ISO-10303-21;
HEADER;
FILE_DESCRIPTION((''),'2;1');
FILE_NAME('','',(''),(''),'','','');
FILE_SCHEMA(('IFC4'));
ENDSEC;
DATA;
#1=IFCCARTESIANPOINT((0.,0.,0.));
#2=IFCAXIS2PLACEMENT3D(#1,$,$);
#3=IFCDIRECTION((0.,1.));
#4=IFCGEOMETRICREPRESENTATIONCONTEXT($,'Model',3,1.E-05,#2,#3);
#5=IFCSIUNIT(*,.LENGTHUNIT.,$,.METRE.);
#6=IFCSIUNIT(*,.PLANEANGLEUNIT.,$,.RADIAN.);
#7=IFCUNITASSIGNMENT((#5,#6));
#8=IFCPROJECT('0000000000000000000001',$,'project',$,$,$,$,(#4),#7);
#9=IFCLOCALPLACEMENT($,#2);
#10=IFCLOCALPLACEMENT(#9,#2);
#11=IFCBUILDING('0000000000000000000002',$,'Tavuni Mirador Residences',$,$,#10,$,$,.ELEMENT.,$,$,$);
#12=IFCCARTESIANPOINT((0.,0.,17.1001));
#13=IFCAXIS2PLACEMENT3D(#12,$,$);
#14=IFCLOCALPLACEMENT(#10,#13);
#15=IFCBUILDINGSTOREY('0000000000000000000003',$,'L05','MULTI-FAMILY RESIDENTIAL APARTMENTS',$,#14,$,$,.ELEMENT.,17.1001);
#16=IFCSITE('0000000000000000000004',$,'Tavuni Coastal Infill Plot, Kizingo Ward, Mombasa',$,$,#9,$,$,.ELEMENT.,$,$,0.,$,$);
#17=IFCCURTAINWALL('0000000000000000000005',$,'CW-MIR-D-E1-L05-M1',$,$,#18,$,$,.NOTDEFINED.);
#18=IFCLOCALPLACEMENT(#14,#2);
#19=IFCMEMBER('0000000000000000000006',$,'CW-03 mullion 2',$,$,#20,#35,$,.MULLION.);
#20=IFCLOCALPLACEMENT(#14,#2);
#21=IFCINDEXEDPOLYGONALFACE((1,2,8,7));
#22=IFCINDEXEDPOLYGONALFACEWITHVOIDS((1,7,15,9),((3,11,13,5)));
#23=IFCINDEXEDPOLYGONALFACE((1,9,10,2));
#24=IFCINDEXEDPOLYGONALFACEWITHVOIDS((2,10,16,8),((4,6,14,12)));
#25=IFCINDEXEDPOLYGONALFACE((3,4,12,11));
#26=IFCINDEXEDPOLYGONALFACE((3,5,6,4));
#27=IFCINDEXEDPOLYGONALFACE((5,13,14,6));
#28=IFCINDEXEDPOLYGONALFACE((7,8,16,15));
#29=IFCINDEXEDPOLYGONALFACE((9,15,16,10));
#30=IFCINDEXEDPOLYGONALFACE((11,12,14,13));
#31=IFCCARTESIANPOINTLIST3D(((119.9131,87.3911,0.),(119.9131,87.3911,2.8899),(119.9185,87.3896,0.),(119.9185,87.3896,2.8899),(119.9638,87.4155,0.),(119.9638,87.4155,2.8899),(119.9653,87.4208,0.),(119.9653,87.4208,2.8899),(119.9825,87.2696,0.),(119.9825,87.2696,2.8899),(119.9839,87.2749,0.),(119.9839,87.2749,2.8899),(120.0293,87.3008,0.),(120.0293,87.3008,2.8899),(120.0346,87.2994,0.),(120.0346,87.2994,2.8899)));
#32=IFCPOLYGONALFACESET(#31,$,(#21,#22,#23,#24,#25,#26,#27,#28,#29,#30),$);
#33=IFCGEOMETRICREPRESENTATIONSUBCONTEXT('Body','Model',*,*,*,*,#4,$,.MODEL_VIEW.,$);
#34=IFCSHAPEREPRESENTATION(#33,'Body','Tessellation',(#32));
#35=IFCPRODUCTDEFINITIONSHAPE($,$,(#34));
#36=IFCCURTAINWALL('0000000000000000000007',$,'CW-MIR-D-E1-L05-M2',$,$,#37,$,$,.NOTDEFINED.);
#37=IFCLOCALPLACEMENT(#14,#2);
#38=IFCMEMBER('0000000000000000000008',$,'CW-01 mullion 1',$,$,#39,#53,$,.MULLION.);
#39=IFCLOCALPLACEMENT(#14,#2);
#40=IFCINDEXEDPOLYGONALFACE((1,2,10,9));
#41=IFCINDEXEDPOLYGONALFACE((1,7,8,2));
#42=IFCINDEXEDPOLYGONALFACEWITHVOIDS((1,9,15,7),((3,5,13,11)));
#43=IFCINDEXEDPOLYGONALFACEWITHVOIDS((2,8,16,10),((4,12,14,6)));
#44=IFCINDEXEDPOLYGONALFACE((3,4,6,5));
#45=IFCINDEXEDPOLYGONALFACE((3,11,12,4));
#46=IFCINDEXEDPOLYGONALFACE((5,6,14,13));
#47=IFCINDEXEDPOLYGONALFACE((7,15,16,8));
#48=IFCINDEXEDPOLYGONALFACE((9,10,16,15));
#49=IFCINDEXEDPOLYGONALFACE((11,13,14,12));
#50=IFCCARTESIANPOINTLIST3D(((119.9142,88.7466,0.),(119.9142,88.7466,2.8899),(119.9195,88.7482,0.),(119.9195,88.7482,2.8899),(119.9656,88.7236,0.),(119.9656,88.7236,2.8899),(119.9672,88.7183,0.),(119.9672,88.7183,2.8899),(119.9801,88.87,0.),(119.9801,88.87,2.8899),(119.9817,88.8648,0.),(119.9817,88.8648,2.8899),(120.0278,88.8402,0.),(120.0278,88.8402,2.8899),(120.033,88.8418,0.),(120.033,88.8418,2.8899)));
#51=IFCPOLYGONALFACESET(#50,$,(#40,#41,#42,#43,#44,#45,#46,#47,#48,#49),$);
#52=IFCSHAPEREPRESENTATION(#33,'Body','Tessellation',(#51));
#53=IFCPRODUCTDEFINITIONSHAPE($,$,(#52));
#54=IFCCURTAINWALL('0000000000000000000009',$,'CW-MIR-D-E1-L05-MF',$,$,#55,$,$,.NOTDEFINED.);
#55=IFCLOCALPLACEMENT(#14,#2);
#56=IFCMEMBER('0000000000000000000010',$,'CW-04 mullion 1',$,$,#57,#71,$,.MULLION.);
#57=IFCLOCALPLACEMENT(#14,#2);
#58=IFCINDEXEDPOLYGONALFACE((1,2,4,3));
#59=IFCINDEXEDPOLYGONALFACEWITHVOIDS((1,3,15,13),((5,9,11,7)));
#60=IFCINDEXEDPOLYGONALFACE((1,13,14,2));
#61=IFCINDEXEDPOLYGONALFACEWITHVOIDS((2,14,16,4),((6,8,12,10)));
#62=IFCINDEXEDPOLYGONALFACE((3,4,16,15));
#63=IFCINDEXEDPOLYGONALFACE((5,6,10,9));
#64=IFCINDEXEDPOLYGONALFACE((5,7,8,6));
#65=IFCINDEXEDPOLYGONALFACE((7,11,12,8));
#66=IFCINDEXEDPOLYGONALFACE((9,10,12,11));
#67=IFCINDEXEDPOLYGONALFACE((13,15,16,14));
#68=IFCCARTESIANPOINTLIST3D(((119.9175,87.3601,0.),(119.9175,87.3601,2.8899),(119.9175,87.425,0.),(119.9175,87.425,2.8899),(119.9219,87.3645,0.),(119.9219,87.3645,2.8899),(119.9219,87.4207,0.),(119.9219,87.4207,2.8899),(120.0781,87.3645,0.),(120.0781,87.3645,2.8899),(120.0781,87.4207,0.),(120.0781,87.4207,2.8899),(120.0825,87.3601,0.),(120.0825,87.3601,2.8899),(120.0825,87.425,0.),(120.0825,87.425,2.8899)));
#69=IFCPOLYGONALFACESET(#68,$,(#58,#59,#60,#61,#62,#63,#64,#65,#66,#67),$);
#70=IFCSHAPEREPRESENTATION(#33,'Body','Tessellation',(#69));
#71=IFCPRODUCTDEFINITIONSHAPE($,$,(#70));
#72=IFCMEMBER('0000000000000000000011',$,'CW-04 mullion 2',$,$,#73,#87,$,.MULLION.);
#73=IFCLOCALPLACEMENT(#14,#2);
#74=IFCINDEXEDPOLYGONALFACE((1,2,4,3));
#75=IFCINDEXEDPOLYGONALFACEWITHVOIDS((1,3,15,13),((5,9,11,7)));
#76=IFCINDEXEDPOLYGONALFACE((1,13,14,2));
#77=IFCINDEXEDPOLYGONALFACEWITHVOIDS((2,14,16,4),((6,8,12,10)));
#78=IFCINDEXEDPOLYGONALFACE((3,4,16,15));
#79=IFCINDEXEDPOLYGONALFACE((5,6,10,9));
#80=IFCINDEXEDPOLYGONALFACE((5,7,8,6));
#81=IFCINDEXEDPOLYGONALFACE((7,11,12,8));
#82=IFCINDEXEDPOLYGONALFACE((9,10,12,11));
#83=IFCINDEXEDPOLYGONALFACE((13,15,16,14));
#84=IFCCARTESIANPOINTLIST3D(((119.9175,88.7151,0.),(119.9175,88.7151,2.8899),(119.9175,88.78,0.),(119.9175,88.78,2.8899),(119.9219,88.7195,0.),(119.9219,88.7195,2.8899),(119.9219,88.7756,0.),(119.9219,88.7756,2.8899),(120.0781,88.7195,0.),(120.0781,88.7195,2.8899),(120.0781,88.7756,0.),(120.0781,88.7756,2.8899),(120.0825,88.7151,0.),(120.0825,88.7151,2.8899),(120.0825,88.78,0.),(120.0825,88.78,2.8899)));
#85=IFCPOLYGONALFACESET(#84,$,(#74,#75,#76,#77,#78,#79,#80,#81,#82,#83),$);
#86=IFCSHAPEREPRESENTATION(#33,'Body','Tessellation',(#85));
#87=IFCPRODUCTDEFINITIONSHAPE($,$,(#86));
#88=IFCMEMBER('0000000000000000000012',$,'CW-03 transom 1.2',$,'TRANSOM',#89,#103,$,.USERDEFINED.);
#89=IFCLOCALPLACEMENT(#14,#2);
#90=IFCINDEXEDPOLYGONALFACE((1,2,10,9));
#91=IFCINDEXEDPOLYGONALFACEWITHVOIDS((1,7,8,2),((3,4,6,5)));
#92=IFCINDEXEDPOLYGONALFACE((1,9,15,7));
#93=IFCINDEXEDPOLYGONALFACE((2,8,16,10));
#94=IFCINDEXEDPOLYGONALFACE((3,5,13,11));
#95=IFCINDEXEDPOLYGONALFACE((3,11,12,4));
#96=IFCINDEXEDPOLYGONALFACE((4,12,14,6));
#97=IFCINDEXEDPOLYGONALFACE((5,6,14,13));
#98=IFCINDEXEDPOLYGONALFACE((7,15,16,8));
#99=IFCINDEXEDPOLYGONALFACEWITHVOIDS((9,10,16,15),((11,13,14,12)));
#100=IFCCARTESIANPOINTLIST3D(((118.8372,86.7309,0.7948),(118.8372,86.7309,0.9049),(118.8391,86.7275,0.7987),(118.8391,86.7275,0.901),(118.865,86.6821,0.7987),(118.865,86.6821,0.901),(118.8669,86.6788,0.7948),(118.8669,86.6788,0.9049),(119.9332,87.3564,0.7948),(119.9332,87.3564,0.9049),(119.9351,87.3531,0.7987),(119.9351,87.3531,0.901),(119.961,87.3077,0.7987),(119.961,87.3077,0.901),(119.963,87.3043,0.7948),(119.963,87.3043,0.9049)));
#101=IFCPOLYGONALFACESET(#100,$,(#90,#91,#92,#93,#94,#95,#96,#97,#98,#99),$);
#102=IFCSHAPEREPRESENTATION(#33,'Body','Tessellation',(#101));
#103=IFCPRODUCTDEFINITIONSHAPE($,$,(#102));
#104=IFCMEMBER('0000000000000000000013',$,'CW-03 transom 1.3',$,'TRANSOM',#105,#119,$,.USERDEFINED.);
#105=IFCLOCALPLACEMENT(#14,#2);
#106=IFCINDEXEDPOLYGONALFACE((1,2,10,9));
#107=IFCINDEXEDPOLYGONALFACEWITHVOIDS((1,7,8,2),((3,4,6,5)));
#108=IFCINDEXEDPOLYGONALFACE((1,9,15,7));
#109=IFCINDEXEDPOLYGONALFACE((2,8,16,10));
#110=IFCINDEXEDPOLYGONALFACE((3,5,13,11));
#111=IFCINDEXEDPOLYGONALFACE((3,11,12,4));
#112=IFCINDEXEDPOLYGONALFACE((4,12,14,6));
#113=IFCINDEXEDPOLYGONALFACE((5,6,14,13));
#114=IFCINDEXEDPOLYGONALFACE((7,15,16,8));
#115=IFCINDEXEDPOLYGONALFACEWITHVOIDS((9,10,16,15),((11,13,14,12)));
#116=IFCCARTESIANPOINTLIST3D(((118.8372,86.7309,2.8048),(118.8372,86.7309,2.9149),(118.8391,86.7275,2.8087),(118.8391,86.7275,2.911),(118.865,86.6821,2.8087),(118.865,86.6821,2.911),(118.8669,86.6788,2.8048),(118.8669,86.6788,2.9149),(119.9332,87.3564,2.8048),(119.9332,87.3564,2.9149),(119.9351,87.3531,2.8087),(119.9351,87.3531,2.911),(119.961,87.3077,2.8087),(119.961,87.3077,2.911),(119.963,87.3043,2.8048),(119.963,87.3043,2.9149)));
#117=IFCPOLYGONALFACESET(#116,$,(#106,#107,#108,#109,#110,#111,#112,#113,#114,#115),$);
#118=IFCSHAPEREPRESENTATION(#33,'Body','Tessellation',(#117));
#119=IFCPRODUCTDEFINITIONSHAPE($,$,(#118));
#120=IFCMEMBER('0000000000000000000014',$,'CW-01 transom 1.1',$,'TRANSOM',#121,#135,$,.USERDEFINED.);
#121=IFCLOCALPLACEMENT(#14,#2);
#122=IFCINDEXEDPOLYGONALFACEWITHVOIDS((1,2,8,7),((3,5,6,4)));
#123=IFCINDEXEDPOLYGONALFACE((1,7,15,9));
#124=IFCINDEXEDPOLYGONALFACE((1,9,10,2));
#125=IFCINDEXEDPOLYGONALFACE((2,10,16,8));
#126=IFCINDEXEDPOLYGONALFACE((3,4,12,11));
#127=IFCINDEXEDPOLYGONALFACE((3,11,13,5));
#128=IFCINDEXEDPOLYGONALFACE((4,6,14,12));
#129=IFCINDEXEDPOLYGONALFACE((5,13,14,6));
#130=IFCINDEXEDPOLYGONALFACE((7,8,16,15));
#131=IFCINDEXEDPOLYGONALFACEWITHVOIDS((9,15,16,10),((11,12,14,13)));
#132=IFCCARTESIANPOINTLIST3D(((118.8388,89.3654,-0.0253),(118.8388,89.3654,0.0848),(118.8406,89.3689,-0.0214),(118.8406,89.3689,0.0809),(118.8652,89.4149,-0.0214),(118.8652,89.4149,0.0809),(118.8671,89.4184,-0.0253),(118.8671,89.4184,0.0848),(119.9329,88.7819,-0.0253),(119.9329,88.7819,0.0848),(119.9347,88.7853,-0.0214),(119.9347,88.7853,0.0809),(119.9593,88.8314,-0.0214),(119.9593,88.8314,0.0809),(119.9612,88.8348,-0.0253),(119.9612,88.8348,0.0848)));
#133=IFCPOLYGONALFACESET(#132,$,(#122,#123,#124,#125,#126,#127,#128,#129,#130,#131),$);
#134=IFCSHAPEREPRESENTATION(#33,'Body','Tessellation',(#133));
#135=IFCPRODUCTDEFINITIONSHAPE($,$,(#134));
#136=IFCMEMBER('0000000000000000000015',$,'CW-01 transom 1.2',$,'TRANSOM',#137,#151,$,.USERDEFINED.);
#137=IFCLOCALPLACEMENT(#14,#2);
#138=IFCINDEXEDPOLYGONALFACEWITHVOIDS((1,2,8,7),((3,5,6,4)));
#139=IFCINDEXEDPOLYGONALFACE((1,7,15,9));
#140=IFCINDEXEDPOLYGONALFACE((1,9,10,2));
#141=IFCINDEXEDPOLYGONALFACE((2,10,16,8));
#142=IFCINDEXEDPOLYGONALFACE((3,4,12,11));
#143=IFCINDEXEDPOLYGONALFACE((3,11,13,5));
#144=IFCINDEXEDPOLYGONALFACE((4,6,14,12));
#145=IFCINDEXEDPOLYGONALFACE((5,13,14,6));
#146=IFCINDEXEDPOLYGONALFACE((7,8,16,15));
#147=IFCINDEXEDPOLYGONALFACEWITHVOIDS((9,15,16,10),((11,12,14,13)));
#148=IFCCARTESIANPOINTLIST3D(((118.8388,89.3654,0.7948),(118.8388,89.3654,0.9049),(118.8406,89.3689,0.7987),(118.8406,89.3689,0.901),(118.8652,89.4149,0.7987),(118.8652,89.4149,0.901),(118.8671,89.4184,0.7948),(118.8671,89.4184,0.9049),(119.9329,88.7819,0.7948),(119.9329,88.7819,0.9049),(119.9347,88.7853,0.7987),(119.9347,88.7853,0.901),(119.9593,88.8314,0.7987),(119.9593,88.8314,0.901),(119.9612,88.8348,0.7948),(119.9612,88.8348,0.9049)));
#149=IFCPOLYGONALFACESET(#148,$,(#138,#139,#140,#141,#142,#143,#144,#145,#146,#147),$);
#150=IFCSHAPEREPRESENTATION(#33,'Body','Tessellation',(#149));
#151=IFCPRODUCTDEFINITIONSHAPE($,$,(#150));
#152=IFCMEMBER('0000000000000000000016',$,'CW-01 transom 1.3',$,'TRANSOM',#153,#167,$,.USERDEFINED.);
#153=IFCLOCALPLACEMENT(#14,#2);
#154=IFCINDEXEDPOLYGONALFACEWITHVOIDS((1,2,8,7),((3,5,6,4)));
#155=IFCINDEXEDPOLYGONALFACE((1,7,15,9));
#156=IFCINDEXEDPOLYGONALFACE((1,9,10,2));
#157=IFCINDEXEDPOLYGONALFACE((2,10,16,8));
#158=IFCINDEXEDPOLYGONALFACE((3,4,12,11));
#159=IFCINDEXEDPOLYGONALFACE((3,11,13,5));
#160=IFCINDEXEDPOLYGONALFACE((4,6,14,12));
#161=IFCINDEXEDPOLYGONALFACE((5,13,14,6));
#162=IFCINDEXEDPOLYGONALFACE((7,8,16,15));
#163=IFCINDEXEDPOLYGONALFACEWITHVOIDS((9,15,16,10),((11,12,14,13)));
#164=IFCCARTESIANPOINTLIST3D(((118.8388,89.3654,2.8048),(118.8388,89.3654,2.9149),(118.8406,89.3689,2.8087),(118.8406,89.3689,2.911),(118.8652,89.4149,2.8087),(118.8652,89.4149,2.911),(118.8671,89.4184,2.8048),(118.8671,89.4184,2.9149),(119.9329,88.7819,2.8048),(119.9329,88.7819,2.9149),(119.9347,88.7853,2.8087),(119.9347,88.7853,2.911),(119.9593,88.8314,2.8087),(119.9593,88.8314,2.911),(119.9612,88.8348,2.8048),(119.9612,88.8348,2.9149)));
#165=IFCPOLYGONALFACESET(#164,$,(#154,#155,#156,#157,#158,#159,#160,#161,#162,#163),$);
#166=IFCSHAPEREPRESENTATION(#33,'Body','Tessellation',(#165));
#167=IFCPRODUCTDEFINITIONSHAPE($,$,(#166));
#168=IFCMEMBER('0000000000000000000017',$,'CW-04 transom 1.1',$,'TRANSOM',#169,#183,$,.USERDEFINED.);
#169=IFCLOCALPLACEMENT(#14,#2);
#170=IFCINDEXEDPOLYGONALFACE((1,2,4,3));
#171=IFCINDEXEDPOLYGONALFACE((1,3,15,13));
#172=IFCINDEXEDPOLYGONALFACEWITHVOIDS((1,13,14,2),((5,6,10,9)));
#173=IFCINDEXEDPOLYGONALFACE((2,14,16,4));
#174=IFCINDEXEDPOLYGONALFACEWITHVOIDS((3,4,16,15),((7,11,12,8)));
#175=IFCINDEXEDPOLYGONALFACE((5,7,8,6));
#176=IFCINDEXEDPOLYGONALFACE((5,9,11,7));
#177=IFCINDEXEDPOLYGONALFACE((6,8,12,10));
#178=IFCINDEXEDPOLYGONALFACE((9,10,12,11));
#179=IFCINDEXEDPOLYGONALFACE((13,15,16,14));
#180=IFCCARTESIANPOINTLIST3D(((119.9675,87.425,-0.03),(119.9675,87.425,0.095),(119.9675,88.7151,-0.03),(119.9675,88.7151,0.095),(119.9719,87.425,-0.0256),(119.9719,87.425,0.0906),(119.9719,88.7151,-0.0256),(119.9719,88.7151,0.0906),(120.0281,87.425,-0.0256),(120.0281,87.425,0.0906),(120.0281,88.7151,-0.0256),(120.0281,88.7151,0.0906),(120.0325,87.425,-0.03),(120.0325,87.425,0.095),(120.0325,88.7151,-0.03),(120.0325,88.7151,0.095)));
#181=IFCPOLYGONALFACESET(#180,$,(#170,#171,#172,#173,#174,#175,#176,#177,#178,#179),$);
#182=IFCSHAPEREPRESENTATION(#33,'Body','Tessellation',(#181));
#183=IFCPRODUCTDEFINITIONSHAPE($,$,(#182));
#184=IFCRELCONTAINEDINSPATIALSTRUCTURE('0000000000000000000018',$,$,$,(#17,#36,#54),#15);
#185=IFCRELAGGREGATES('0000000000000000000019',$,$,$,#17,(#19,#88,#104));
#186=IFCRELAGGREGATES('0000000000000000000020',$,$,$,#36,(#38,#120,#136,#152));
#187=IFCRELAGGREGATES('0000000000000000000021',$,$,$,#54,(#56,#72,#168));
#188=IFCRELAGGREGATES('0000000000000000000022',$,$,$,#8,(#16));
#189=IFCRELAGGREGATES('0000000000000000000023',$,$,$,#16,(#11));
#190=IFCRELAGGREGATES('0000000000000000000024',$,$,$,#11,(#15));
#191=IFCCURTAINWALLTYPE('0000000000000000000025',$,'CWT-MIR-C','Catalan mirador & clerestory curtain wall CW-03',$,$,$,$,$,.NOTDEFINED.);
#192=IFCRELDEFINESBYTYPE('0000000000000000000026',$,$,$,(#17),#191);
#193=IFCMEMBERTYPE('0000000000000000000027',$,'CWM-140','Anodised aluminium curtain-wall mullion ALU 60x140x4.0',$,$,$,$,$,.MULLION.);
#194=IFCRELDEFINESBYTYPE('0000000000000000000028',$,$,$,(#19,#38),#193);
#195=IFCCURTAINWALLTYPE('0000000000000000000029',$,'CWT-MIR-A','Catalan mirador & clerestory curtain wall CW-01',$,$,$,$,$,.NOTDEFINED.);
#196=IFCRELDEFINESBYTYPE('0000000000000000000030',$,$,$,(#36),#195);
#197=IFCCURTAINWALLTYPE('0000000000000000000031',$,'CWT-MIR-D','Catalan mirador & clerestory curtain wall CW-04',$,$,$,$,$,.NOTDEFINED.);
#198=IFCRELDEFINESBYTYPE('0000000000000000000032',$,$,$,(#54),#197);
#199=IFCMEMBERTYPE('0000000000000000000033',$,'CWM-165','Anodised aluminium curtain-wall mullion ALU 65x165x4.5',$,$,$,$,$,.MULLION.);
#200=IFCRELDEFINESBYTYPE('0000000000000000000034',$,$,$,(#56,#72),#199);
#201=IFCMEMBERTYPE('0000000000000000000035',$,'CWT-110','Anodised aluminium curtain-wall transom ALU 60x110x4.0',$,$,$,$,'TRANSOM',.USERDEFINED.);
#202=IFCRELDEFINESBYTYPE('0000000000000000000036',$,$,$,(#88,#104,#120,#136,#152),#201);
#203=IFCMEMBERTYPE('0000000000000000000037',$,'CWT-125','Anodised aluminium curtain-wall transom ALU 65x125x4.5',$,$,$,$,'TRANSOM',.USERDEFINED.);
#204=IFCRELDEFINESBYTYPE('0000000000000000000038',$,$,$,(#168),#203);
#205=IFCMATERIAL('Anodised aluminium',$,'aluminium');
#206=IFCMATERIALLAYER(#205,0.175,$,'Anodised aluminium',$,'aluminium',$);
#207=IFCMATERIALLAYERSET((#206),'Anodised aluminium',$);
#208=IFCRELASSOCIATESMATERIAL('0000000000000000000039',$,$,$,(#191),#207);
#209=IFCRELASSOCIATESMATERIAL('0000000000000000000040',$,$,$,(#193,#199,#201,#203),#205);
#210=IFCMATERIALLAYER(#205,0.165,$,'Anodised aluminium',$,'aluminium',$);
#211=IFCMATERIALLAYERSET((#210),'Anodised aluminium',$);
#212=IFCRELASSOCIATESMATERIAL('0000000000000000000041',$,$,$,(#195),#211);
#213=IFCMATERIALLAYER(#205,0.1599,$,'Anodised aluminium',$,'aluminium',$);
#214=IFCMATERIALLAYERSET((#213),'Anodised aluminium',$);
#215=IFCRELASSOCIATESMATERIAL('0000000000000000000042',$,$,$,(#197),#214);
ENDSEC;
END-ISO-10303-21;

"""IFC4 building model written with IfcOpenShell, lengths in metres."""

from ifc_helpers import new_model, si_unit, direction, frame, origin, origin_2d, place, context, subcontext, project, spatial, hollow_rectangle, extrude, material, layer, layer_set, material_profile, profile_set, type_object, element, aggregate, save


model = new_model("IFC4")

# Units and contexts
model_context = context("Model", 3, precision=1e-05, world=origin(), true_north=direction((0.0, 1.0)))
body_context = subcontext(model_context, "Body", "Model", "MODEL_VIEW")
ifc_project = project(units=[si_unit("LENGTHUNIT", "METRE"), si_unit("PLANEANGLEUNIT", "RADIAN")], contexts=[model_context])

# Site, building, storey
site_placement = place(None, origin())
site = spatial("IfcSite", under=ifc_project, at=site_placement, Name="Tavuni Coastal Infill Plot, Kizingo Ward, Mombasa", CompositionType="ELEMENT", RefElevation=0.0)
building_placement = place(site_placement, origin())
building = spatial("IfcBuilding", under=site, at=building_placement, Name="Tavuni Mirador Residences", CompositionType="ELEMENT")
storey_placement = place(building_placement, frame((0.0, 0.0, 17.1001)))
storey = spatial("IfcBuildingStorey", under=building, at=storey_placement, Name="L05", Description="MULTI-FAMILY RESIDENTIAL APARTMENTS", CompositionType="ELEMENT", Elevation=17.1001)

# Curtain walls, members
ifc_material_1 = material(Name="Anodised aluminium", Category="aluminium")
ifc_layer_1 = layer(ifc_material_1, 0.175, Name="Anodised aluminium", Category="aluminium")
ifc_layer_set_1 = layer_set([ifc_layer_1], Name="Anodised aluminium")
curtain_wall_type_1 = type_object("IfcCurtainWallType", Name="CWT-MIR-C", Description="Catalan mirador & clerestory curtain wall CW-03", PredefinedType="NOTDEFINED", material=ifc_layer_set_1)
curtain_wall_1_placement = place(storey_placement, origin())
curtain_wall_1 = element("IfcCurtainWall", 1, at=curtain_wall_1_placement, inside=storey, type_object=curtain_wall_type_1, Name="CW-MIR-D-E1-L05-M1", PredefinedType="NOTDEFINED")
ifc_material_profile_1 = material_profile(ifc_material_1, hollow_rectangle(XDim=0.0601, YDim=0.1399, WallThickness=0.0039, at=origin_2d()), Name="ALU 60x140x4.0", Category="aluminium")
ifc_profile_set_1 = profile_set([ifc_material_profile_1], Name="Anodised aluminium")
member_type_1 = type_object("IfcMemberType", Name="CWM-140", Description="Anodised aluminium curtain-wall mullion ALU 60x140x4.0", PredefinedType="MULLION", material=ifc_profile_set_1)
member_1_placement = place(storey_placement, frame((119.9739, 87.3452, 0.0), z_axis=(0.0, 0.0, 1.0), x_axis=(0.868466, 0.495749, 0.0)))
member_1 = element("IfcMember", 2, at=member_1_placement, type_object=member_type_1, Name="CW-03 mullion 2", PredefinedType="MULLION", context=body_context, shape_type="SweptSolid", body=[
    extrude(hollow_rectangle(XDim=0.0601, YDim=0.1399, WallThickness=0.0039, at=origin_2d()), origin(), (0.0, 0.0, 1.0), 2.8899),
])
ifc_layer_2 = layer(ifc_material_1, 0.165, Name="Anodised aluminium", Category="aluminium")
ifc_layer_set_2 = layer_set([ifc_layer_2], Name="Anodised aluminium")
curtain_wall_type_2 = type_object("IfcCurtainWallType", Name="CWT-MIR-A", Description="Catalan mirador & clerestory curtain wall CW-01", PredefinedType="NOTDEFINED", material=ifc_layer_set_2)
curtain_wall_2_placement = place(storey_placement, origin())
curtain_wall_2 = element("IfcCurtainWall", 3, at=curtain_wall_2_placement, inside=storey, type_object=curtain_wall_type_2, Name="CW-MIR-D-E1-L05-M2", PredefinedType="NOTDEFINED")
member_2_placement = place(storey_placement, frame((119.9736, 88.7942, 0.0), z_axis=(0.0, 0.0, 1.0), x_axis=(-0.882353, 0.470588, 0.0)))
member_2 = element("IfcMember", 4, at=member_2_placement, type_object=member_type_1, Name="CW-01 mullion 1", PredefinedType="MULLION", context=body_context, shape_type="SweptSolid", body=[
    extrude(hollow_rectangle(XDim=0.0601, YDim=0.1399, WallThickness=0.0039, at=origin_2d()), origin(), (0.0, 0.0, 1.0), 2.8899),
])

# Curtain wall, members
ifc_layer_3 = layer(ifc_material_1, 0.1599, Name="Anodised aluminium", Category="aluminium")
ifc_layer_set_3 = layer_set([ifc_layer_3], Name="Anodised aluminium")
curtain_wall_type_3 = type_object("IfcCurtainWallType", Name="CWT-MIR-D", Description="Catalan mirador & clerestory curtain wall CW-04", PredefinedType="NOTDEFINED", material=ifc_layer_set_3)
curtain_wall_3_placement = place(storey_placement, origin())
curtain_wall_3 = element("IfcCurtainWall", 5, at=curtain_wall_3_placement, inside=storey, type_object=curtain_wall_type_3, Name="CW-MIR-D-E1-L05-MF", PredefinedType="NOTDEFINED")
ifc_material_profile_2 = material_profile(ifc_material_1, hollow_rectangle(XDim=0.0649, YDim=0.165, WallThickness=0.0044, at=origin_2d()), Name="ALU 65x165x4.5", Category="aluminium")
ifc_profile_set_2 = profile_set([ifc_material_profile_2], Name="Anodised aluminium")
member_type_2 = type_object("IfcMemberType", Name="CWM-165", Description="Anodised aluminium curtain-wall mullion ALU 65x165x4.5", PredefinedType="MULLION", material=ifc_profile_set_2)
member_3_placement = place(storey_placement, frame((120.0, 87.3926, 0.0), z_axis=(0.0, 0.0, 1.0), x_axis=(0.0, 1.0, 0.0)))
member_3 = element("IfcMember", 6, at=member_3_placement, type_object=member_type_2, Name="CW-04 mullion 1", PredefinedType="MULLION", context=body_context, shape_type="SweptSolid", body=[
    extrude(hollow_rectangle(XDim=0.0649, YDim=0.165, WallThickness=0.0044, at=origin_2d()), origin(), (0.0, 0.0, 1.0), 2.8899),
])
member_4_placement = place(storey_placement, frame((120.0, 88.7476, 0.0), z_axis=(0.0, 0.0, 1.0), x_axis=(0.0, 1.0, 0.0)))
member_4 = element("IfcMember", 7, at=member_4_placement, type_object=member_type_2, Name="CW-04 mullion 2", PredefinedType="MULLION", context=body_context, shape_type="SweptSolid", body=[
    extrude(hollow_rectangle(XDim=0.0649, YDim=0.165, WallThickness=0.0044, at=origin_2d()), origin(), (0.0, 0.0, 1.0), 2.8899),
])

# Members
ifc_material_profile_3 = material_profile(ifc_material_1, hollow_rectangle(XDim=0.0601, YDim=0.1101, WallThickness=0.0039, at=origin_2d()), Name="ALU 60x110x4.0", Category="aluminium")
ifc_profile_set_3 = profile_set([ifc_material_profile_3], Name="Anodised aluminium")
member_type_3 = type_object("IfcMemberType", Name="CWT-110", Description="Anodised aluminium curtain-wall transom ALU 60x110x4.0", ElementType="TRANSOM", PredefinedType="USERDEFINED", material=ifc_profile_set_3)
member_5_placement = place(storey_placement, frame((118.8521, 86.7048, 0.8499), z_axis=(0.868505, 0.49568, 0.0), x_axis=(-0.49568, 0.868505, 0.0)))
member_5 = element("IfcMember", 8, at=member_5_placement, type_object=member_type_3, Name="CW-03 transom 1.2", ObjectType="TRANSOM", PredefinedType="USERDEFINED", context=body_context, shape_type="SweptSolid", body=[
    extrude(hollow_rectangle(XDim=0.0601, YDim=0.1101, WallThickness=0.0039, at=origin_2d()), origin(), (0.0, 0.0, 1.0), 1.262),
])
member_6_placement = place(storey_placement, frame((118.8521, 86.7048, 2.8599), z_axis=(0.868505, 0.49568, 0.0), x_axis=(-0.49568, 0.868505, 0.0)))
member_6 = element("IfcMember", 9, at=member_6_placement, type_object=member_type_3, Name="CW-03 transom 1.3", ObjectType="TRANSOM", PredefinedType="USERDEFINED", context=body_context, shape_type="SweptSolid", body=[
    extrude(hollow_rectangle(XDim=0.0601, YDim=0.1101, WallThickness=0.0039, at=origin_2d()), origin(), (0.0, 0.0, 1.0), 1.262),
])
member_7_placement = place(storey_placement, frame((119.947, 88.8083, 0.0298), z_axis=(-0.882342, 0.470609, 0.0), x_axis=(-0.470609, -0.882342, 0.0)))
member_7 = element("IfcMember", 10, at=member_7_placement, type_object=member_type_3, Name="CW-01 transom 1.1", ObjectType="TRANSOM", PredefinedType="USERDEFINED", context=body_context, shape_type="SweptSolid", body=[
    extrude(hollow_rectangle(XDim=0.0601, YDim=0.1101, WallThickness=0.0039, at=origin_2d()), origin(), (0.0, 0.0, 1.0), 1.24),
])
member_8_placement = place(storey_placement, frame((119.947, 88.8083, 0.8499), z_axis=(-0.882342, 0.470609, 0.0), x_axis=(-0.470609, -0.882342, 0.0)))
member_8 = element("IfcMember", 11, at=member_8_placement, type_object=member_type_3, Name="CW-01 transom 1.2", ObjectType="TRANSOM", PredefinedType="USERDEFINED", context=body_context, shape_type="SweptSolid", body=[
    extrude(hollow_rectangle(XDim=0.0601, YDim=0.1101, WallThickness=0.0039, at=origin_2d()), origin(), (0.0, 0.0, 1.0), 1.24),
])
member_9_placement = place(storey_placement, frame((119.947, 88.8083, 2.8599), z_axis=(-0.882342, 0.470609, 0.0), x_axis=(-0.470609, -0.882342, 0.0)))
member_9 = element("IfcMember", 12, at=member_9_placement, type_object=member_type_3, Name="CW-01 transom 1.3", ObjectType="TRANSOM", PredefinedType="USERDEFINED", context=body_context, shape_type="SweptSolid", body=[
    extrude(hollow_rectangle(XDim=0.0601, YDim=0.1101, WallThickness=0.0039, at=origin_2d()), origin(), (0.0, 0.0, 1.0), 1.24),
])
ifc_material_profile_4 = material_profile(ifc_material_1, hollow_rectangle(XDim=0.0649, YDim=0.125, WallThickness=0.0044, at=origin_2d()), Name="ALU 65x125x4.5", Category="aluminium")
ifc_profile_set_4 = profile_set([ifc_material_profile_4], Name="Anodised aluminium")
member_type_4 = type_object("IfcMemberType", Name="CWT-125", Description="Anodised aluminium curtain-wall transom ALU 65x125x4.5", ElementType="TRANSOM", PredefinedType="USERDEFINED", material=ifc_profile_set_4)
member_10_placement = place(storey_placement, frame((120.0, 87.425, 0.0325), z_axis=(0.0, 1.0, 0.0), x_axis=(-1.0, 0.0, 0.0)))
member_10 = element("IfcMember", 13, at=member_10_placement, type_object=member_type_4, Name="CW-04 transom 1.1", ObjectType="TRANSOM", PredefinedType="USERDEFINED", context=body_context, shape_type="SweptSolid", body=[
    extrude(hollow_rectangle(XDim=0.0649, YDim=0.125, WallThickness=0.0044, at=origin_2d()), origin(), (0.0, 0.0, 1.0), 1.29),
])

aggregate(curtain_wall_1, [member_1, member_5, member_6])
aggregate(curtain_wall_2, [member_2, member_7, member_8, member_9])
aggregate(curtain_wall_3, [member_3, member_4, member_10])

save(model, "model.ifc")
